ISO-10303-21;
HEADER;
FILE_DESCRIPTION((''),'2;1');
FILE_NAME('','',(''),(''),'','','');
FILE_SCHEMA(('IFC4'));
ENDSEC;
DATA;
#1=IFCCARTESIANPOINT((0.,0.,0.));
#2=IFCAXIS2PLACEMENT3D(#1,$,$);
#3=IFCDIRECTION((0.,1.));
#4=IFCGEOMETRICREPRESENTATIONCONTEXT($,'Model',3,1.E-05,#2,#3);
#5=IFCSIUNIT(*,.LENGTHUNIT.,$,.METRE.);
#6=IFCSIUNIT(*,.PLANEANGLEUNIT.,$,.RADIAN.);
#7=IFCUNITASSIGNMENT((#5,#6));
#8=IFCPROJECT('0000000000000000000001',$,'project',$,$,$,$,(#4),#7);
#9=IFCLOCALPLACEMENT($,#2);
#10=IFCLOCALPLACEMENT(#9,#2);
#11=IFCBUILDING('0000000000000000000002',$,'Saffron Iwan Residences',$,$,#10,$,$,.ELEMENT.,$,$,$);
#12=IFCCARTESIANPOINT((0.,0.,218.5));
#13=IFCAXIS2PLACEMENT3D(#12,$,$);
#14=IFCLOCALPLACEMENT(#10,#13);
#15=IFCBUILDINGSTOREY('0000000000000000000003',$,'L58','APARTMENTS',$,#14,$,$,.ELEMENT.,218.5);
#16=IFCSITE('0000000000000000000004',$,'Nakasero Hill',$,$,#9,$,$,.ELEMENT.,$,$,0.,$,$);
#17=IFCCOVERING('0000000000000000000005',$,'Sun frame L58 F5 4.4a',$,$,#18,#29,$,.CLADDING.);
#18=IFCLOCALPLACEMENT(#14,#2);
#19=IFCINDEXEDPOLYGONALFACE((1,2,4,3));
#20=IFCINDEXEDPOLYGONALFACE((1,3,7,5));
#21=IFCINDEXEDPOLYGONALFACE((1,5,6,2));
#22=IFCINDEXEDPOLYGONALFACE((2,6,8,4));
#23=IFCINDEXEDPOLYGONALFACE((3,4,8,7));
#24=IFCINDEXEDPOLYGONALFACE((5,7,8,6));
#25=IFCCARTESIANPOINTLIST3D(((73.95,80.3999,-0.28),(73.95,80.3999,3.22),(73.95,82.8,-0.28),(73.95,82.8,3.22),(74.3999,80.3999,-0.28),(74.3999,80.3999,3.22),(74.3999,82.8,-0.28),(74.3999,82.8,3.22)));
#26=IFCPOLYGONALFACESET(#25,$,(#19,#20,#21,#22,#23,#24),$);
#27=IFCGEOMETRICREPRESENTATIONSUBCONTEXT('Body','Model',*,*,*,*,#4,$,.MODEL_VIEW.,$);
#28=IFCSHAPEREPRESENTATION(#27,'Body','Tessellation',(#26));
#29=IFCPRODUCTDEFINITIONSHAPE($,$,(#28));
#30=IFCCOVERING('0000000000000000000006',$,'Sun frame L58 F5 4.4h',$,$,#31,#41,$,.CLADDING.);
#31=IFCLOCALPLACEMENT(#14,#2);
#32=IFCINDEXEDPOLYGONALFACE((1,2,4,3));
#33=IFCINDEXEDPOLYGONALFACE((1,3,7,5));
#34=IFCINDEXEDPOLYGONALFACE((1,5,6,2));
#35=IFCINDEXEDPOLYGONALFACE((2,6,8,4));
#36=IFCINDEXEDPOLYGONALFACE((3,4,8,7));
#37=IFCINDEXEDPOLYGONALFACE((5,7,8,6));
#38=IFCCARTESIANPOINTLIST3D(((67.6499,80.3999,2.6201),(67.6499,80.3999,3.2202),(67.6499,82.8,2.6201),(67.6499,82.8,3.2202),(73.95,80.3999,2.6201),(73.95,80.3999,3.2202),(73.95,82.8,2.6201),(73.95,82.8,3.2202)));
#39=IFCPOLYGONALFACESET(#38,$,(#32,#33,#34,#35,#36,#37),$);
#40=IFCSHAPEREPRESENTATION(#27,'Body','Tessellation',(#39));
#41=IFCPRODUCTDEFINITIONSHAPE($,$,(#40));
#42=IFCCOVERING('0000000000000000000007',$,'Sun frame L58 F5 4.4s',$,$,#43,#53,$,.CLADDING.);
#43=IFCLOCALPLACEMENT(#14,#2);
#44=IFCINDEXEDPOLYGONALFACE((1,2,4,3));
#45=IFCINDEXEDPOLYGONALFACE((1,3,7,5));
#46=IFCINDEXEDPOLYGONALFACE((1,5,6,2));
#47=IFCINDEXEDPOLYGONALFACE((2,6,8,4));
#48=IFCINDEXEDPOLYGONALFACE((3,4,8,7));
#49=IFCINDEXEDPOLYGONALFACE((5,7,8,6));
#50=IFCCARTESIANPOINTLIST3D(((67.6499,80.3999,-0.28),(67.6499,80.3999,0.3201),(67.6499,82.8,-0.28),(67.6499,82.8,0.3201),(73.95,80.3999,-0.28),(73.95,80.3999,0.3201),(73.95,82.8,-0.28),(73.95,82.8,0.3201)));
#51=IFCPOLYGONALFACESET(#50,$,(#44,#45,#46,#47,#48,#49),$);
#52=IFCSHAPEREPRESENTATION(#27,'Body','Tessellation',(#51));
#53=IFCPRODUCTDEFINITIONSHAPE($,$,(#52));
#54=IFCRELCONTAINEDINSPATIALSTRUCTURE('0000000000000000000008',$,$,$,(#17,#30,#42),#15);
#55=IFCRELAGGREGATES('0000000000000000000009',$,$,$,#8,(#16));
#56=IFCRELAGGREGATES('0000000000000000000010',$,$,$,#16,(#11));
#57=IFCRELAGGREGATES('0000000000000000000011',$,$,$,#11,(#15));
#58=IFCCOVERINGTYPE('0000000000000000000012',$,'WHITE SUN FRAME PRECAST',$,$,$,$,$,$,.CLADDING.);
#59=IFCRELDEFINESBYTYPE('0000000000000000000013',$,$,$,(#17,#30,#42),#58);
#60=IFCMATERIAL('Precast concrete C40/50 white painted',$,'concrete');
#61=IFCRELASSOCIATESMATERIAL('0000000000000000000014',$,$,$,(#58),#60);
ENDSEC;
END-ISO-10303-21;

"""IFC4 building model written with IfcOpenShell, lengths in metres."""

from ifc_helpers import new_model, si_unit, direction, frame, origin, place, context, subcontext, project, spatial, polyline, outline, extrude, material, type_object, element, save


model = new_model("IFC4")

# Units and contexts
model_context = context("Model", 3, precision=1e-05, world=origin(), true_north=direction((0.0, 1.0)))
body_context = subcontext(model_context, "Body", "Model", "MODEL_VIEW")
ifc_project = project(units=[si_unit("LENGTHUNIT", "METRE"), si_unit("PLANEANGLEUNIT", "RADIAN")], contexts=[model_context])

# Site, building, storey
site_placement = place(None, origin())
site = spatial("IfcSite", under=ifc_project, at=site_placement, Name="Nakasero Hill", CompositionType="ELEMENT", RefElevation=0.0)
building_placement = place(site_placement, origin())
building = spatial("IfcBuilding", under=site, at=building_placement, Name="Saffron Iwan Residences", CompositionType="ELEMENT")
storey_placement = place(building_placement, frame((0.0, 0.0, 218.5)))
storey = spatial("IfcBuildingStorey", under=building, at=storey_placement, Name="L58", Description="APARTMENTS", CompositionType="ELEMENT", Elevation=218.5)

# Coverings
ifc_material_1 = material(Name="Precast concrete C40/50 white painted", Category="concrete")
covering_type_1 = type_object("IfcCoveringType", Name="WHITE SUN FRAME PRECAST", PredefinedType="CLADDING", material=ifc_material_1)
covering_1_placement = place(storey_placement, frame((74.3999, 80.3999, -0.28), z_axis=(0.0, 1.0, 0.0), x_axis=(-1.0, 0.0, 0.0)))
element("IfcCovering", 1, at=covering_1_placement, inside=storey, type_object=covering_type_1, Name="Sun frame L58 F5 4.4a", PredefinedType="CLADDING", context=body_context, shape_type="SweptSolid", body=[
    extrude(outline(polyline([(0.0, 0.0), (0.45, 0.0), (0.45, 3.5), (0.0, 3.5), (0.0, 0.0)])), origin(), (0.0, 0.0, 1.0), 2.4001),
])
for number, where, z_axis, x_axis, name in (
    (2, (73.95, 80.3999, 2.6201), (0.0, 1.0, 0.0), (-1.0, 0.0, 0.0), "Sun frame L58 F5 4.4h"),
    (3, (73.95, 80.3999, -0.28), (0.0, 1.0, 0.0), (-1.0, 0.0, 0.0), "Sun frame L58 F5 4.4s"),
):
    element("IfcCovering", number, at=place(storey_placement, frame(where, z_axis=z_axis, x_axis=x_axis)), inside=storey, type_object=covering_type_1, Name=name, PredefinedType="CLADDING", context=body_context, shape_type="SweptSolid", body=[
        extrude(outline(polyline([(0.0, 0.0), (6.3, 0.0), (6.3, 0.6001), (0.0, 0.6001), (0.0, 0.0)])), origin(), (0.0, 0.0, 1.0), 2.4001),
    ])

save(model, "model.ifc")
